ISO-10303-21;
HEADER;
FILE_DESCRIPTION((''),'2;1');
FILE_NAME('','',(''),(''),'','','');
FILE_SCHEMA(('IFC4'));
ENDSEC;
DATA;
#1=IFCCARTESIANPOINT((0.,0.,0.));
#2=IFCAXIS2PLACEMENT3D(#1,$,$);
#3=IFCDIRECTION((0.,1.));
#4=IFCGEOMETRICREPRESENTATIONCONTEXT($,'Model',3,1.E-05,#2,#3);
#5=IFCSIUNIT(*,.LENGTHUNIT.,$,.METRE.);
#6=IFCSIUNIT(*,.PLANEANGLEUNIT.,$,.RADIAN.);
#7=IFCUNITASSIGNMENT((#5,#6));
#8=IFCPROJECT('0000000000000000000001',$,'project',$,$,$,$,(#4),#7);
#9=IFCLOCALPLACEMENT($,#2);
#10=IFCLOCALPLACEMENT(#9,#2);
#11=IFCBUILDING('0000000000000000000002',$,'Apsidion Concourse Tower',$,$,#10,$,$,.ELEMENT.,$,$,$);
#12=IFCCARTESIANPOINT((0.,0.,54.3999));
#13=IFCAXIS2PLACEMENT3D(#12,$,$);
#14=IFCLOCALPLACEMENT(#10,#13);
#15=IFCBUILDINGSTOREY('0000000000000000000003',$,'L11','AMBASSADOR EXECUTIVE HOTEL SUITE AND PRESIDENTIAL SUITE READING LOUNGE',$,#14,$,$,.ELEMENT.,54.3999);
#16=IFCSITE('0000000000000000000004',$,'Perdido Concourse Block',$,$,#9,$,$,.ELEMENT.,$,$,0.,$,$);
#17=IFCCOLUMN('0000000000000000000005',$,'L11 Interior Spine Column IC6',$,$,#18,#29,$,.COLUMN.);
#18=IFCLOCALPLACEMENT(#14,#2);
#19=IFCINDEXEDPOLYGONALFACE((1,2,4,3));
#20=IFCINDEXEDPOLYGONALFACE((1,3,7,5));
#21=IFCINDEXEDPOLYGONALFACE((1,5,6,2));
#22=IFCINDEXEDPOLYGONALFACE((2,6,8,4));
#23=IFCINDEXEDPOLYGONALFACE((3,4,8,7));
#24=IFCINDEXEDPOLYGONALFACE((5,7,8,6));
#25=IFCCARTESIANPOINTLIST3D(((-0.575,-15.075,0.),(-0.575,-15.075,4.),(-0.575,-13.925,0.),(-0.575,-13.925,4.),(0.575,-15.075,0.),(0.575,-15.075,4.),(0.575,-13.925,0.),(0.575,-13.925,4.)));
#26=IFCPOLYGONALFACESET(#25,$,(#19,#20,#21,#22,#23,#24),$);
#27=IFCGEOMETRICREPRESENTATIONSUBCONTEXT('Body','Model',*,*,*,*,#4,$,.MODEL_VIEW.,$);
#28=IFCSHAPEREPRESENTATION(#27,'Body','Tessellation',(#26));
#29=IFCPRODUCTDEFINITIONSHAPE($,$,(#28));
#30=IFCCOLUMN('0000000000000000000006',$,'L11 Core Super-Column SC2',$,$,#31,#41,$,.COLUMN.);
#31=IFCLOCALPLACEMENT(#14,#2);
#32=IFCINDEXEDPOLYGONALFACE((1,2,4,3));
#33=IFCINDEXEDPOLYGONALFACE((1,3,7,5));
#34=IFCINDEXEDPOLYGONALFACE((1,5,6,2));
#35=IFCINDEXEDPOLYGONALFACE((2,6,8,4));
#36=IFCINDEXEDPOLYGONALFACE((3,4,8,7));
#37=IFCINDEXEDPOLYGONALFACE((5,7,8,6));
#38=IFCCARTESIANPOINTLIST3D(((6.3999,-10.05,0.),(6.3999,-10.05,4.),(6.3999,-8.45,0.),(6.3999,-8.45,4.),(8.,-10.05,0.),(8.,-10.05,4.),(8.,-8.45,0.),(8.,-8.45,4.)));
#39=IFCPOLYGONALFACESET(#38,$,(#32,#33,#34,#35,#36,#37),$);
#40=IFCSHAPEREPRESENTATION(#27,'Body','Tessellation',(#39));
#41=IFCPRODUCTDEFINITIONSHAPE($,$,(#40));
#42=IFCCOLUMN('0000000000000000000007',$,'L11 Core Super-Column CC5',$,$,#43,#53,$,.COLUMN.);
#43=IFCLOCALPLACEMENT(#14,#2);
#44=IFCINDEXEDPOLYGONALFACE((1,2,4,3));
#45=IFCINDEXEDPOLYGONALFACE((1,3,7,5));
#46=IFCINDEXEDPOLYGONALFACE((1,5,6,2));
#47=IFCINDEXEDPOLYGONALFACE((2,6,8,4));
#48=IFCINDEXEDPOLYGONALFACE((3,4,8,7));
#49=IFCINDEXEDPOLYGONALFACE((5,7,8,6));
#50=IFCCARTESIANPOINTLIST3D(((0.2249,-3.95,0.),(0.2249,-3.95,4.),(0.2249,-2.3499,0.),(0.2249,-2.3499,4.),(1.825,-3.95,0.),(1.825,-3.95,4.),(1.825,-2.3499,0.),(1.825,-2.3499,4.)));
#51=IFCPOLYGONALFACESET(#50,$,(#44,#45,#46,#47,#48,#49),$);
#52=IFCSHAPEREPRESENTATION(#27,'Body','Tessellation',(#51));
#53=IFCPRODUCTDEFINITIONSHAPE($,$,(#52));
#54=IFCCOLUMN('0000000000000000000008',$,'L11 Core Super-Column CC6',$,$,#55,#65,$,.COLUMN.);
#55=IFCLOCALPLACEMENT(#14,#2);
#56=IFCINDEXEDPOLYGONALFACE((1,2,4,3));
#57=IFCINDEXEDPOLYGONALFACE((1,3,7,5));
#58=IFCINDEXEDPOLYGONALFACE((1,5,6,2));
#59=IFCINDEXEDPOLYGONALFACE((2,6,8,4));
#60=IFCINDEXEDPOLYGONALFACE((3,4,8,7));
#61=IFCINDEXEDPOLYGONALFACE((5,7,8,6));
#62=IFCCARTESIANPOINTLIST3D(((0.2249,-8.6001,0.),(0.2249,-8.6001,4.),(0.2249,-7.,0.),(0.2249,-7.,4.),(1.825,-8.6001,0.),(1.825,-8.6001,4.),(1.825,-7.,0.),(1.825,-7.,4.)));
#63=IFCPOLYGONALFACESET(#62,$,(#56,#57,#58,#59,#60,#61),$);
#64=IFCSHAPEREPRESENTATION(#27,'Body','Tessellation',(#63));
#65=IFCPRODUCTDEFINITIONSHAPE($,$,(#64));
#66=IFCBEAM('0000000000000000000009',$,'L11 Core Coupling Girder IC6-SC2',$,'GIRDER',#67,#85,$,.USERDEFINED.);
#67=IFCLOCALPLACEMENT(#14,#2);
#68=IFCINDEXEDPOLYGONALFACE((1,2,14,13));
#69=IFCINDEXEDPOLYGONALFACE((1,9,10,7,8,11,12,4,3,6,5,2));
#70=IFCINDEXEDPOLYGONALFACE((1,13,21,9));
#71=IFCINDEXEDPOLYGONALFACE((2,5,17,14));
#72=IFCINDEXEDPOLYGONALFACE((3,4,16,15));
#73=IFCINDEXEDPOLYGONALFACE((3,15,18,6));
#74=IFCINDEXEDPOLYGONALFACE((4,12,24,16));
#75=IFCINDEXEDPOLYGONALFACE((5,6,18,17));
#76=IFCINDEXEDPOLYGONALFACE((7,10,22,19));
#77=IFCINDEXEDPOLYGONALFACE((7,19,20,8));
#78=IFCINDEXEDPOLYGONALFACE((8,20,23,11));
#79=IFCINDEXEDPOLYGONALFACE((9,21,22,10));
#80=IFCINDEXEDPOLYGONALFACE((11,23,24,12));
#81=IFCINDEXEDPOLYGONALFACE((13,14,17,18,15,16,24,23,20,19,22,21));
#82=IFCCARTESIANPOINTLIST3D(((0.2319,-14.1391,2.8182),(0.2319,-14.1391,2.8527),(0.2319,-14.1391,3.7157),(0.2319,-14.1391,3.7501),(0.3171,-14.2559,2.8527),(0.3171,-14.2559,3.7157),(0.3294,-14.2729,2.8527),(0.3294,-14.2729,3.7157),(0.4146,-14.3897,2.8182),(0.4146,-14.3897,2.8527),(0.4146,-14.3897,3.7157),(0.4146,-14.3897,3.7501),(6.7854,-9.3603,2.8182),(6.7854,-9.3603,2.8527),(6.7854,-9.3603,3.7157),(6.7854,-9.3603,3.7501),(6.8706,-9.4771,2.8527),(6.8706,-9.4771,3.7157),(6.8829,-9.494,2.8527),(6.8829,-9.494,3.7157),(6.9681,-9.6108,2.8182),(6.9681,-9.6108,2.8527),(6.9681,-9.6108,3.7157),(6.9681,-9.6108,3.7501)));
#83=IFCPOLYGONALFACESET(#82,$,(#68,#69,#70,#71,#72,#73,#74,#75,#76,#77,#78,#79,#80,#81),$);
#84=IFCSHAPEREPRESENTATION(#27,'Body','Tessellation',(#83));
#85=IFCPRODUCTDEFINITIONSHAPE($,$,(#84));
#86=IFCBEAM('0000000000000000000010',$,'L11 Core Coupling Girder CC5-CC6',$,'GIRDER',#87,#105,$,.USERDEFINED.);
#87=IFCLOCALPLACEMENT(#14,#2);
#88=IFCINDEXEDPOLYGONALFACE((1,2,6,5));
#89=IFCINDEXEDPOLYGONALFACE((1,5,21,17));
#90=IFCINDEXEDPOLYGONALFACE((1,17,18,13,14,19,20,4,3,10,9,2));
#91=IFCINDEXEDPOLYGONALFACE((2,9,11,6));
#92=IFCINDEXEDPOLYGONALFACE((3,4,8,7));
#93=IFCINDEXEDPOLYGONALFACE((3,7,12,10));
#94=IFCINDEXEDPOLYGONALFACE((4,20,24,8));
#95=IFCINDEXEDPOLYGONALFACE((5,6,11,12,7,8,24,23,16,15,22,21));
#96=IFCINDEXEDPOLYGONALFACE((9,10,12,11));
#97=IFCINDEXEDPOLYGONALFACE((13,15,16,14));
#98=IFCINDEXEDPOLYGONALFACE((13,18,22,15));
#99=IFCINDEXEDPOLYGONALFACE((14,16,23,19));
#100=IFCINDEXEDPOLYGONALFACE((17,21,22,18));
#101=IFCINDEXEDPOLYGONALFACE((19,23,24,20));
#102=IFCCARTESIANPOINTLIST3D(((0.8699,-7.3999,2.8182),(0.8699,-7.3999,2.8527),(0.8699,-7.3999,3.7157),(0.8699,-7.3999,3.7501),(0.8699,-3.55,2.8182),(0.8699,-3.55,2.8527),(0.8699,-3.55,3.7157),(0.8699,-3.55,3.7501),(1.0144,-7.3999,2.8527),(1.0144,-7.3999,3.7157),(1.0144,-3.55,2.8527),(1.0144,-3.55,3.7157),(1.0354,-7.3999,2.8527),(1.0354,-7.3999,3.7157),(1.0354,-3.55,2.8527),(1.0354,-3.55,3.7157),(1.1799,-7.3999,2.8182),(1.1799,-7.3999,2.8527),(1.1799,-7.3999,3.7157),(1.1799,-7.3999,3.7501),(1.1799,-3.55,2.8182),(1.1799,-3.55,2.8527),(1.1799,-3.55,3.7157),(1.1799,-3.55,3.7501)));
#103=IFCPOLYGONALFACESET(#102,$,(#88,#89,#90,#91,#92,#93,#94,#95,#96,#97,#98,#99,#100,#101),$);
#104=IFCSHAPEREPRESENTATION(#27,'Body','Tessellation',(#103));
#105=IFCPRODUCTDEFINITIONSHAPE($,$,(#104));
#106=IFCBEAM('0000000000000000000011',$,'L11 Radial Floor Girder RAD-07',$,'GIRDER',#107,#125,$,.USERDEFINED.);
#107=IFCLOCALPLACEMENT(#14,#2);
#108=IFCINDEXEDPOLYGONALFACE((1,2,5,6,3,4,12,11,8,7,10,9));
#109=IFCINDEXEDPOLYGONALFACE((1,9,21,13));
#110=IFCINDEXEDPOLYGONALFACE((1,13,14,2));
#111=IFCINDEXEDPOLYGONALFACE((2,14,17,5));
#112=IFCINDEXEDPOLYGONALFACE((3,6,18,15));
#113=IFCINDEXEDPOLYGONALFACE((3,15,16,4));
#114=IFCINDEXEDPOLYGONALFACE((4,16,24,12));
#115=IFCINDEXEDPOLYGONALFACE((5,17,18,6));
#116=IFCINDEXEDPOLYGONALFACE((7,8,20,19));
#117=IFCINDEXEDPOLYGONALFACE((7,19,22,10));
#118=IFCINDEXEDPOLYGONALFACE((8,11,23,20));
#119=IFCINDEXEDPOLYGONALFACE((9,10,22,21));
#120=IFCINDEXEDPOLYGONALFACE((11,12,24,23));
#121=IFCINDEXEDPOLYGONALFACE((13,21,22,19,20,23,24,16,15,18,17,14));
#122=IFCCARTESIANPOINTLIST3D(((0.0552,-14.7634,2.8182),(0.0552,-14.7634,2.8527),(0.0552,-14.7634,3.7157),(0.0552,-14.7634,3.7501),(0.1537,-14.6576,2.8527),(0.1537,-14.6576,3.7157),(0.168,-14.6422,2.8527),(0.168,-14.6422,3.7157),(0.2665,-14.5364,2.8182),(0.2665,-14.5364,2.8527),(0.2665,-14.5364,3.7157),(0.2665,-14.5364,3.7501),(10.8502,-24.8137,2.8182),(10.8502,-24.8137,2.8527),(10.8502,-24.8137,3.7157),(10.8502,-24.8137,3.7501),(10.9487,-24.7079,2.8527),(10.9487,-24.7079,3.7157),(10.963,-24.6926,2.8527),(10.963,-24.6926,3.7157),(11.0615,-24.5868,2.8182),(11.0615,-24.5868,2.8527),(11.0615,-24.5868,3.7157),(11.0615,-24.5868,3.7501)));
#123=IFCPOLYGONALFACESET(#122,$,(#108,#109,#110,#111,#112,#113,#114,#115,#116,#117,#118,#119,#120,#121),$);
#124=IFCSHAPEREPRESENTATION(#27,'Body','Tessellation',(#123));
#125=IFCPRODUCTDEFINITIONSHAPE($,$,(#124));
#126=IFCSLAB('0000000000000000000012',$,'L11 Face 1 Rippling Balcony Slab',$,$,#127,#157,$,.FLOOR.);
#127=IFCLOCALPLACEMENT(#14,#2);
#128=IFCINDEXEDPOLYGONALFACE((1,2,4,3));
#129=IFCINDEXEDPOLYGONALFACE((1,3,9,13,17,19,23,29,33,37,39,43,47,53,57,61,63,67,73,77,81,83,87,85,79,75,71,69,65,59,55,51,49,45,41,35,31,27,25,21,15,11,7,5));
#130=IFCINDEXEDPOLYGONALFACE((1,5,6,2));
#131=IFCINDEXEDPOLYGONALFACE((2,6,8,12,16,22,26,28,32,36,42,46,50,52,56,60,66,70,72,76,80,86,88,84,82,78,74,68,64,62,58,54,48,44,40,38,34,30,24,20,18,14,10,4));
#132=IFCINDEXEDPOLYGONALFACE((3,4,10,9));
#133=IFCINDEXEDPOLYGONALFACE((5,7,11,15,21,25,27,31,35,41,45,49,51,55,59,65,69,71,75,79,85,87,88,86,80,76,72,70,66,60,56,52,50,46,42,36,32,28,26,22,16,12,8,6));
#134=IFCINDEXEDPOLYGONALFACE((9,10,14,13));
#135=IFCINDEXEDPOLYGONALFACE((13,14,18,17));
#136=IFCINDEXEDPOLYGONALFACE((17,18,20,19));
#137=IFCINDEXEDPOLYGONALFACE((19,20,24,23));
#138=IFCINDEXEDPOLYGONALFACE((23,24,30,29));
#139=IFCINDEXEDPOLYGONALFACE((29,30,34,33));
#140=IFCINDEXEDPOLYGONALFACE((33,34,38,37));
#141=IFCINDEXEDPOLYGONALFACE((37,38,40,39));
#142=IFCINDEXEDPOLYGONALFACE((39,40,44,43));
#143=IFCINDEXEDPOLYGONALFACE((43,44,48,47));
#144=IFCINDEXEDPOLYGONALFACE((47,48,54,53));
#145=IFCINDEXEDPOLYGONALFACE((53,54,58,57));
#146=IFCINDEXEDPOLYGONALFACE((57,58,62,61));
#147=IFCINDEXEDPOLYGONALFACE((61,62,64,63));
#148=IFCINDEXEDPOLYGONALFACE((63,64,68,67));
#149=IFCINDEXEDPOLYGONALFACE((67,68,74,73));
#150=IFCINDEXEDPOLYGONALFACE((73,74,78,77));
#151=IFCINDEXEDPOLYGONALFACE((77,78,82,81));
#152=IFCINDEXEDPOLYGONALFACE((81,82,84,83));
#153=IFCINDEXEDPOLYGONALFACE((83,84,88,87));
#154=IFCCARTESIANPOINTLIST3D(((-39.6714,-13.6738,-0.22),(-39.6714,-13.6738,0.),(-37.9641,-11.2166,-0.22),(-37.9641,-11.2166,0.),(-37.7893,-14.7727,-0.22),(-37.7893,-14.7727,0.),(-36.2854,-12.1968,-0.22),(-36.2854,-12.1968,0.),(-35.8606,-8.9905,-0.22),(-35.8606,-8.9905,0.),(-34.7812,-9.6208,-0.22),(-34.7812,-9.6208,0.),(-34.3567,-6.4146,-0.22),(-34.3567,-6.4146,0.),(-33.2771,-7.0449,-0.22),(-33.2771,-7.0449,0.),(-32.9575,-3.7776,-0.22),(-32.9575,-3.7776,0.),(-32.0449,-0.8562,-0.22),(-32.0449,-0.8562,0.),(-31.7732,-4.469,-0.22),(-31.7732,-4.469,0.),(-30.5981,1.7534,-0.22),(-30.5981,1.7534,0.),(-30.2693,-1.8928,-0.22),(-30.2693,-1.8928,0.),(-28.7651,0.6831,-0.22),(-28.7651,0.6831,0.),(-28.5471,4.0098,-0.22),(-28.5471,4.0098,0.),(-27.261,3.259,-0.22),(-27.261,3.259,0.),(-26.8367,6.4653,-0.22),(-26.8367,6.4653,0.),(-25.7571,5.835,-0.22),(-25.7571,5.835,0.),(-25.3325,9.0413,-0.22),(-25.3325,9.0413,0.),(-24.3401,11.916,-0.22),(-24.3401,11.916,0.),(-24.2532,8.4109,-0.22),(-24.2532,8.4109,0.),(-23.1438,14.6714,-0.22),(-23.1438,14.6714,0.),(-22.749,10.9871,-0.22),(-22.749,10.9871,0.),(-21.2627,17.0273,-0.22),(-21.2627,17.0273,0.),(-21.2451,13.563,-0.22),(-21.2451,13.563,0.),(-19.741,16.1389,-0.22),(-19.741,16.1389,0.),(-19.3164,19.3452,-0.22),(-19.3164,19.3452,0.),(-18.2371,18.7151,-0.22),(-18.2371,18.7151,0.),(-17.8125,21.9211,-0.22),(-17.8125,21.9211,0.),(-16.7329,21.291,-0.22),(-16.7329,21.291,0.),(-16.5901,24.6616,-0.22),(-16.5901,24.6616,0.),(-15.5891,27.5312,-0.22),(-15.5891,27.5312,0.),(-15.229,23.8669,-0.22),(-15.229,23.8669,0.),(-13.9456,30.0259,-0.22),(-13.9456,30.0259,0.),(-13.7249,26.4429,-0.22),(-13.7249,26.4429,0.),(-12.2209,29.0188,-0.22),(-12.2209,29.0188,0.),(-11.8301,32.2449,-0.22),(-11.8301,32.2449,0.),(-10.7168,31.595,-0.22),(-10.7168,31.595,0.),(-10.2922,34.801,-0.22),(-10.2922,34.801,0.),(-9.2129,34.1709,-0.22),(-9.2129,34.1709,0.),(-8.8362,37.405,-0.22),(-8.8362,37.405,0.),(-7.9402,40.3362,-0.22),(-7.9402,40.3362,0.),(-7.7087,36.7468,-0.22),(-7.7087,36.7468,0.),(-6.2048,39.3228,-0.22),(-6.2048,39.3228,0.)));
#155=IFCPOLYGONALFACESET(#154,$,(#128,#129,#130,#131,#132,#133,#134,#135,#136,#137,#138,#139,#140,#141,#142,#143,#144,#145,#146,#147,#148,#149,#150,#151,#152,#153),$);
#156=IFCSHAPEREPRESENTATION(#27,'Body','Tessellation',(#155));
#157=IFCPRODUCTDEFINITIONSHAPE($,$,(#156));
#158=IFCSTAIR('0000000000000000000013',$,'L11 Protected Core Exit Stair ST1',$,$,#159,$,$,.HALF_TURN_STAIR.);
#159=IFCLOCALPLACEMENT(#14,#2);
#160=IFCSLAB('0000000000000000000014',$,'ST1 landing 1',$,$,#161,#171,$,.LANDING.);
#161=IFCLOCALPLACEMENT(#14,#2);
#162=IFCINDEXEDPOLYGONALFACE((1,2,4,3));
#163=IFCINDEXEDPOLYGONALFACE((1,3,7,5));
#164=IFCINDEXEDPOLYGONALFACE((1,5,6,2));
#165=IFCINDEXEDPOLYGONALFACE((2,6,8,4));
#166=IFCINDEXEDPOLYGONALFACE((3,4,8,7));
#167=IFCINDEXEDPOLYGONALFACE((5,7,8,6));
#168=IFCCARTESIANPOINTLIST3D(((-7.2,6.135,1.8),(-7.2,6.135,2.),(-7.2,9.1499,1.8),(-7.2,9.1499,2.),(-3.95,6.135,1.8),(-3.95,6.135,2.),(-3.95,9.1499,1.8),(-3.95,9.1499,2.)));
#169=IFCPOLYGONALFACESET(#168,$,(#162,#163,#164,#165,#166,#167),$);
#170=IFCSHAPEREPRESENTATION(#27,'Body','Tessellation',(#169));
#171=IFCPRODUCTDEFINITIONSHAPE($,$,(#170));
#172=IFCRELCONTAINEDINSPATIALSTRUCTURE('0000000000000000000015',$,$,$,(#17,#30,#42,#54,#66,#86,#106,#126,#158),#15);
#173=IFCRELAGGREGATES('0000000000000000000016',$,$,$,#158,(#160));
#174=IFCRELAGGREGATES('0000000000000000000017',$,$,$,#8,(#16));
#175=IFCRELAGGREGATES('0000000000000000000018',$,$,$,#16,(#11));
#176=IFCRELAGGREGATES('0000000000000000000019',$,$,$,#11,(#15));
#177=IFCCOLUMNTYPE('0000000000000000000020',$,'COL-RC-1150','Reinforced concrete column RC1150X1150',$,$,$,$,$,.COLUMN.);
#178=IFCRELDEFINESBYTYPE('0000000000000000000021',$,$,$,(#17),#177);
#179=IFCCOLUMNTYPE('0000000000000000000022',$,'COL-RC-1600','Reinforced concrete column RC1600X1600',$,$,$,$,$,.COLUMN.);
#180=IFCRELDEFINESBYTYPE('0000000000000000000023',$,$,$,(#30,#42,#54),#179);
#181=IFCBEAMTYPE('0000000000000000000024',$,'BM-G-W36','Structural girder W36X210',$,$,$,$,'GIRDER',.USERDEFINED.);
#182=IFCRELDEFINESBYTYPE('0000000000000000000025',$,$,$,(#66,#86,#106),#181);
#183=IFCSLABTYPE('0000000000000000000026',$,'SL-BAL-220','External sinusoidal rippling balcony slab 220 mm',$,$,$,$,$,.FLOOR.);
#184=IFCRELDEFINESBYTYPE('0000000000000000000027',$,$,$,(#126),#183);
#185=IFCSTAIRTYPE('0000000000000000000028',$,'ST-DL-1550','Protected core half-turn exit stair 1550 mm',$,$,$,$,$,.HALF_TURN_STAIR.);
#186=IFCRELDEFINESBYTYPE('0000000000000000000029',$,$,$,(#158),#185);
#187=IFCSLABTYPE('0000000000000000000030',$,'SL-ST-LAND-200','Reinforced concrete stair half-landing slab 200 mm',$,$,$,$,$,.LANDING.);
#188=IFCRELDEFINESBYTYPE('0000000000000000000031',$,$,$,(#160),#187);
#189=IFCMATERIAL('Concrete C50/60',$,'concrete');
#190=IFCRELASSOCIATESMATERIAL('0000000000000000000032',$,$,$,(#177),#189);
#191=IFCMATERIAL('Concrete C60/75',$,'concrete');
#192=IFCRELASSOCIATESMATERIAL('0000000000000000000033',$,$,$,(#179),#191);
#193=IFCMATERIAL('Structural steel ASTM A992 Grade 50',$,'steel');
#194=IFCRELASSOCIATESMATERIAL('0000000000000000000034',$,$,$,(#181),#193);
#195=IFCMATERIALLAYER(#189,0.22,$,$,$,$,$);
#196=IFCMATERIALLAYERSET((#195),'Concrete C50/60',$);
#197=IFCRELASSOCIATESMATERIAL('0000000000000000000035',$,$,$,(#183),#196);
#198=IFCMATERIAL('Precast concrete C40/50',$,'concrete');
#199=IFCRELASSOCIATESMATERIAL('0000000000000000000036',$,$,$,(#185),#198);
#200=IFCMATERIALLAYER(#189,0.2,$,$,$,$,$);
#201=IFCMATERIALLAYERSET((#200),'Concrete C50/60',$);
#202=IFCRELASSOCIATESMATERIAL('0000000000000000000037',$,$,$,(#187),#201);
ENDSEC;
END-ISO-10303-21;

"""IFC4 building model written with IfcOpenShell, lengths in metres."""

from ifc_helpers import new_model, si_unit, direction, frame, origin, origin_2d, place, context, subcontext, project, spatial, polyline, rectangle, i_section, outline, extrude, material, layer, layer_set, material_profile, profile_set, type_object, element, aggregate, save


model = new_model("IFC4")

# Units and contexts
model_context = context("Model", 3, precision=1e-05, world=origin(), true_north=direction((0.0, 1.0)))
body_context = subcontext(model_context, "Body", "Model", "MODEL_VIEW")
ifc_project = project(units=[si_unit("LENGTHUNIT", "METRE"), si_unit("PLANEANGLEUNIT", "RADIAN")], contexts=[model_context])

# Site, building, storey
site_placement = place(None, origin())
site = spatial("IfcSite", under=ifc_project, at=site_placement, Name="Perdido Concourse Block", CompositionType="ELEMENT", RefElevation=0.0)
building_placement = place(site_placement, origin())
building = spatial("IfcBuilding", under=site, at=building_placement, Name="Apsidion Concourse Tower", CompositionType="ELEMENT")
storey_placement = place(building_placement, frame((0.0, 0.0, 54.3999)))
storey = spatial("IfcBuildingStorey", under=building, at=storey_placement, Name="L11", Description="AMBASSADOR EXECUTIVE HOTEL SUITE AND PRESIDENTIAL SUITE READING LOUNGE", CompositionType="ELEMENT", Elevation=54.3999)

# Columns
ifc_material_1 = material(Name="Concrete C50/60", Category="concrete")
ifc_material_profile_1 = material_profile(ifc_material_1, rectangle(XDim=1.1499, YDim=1.1499, at=origin_2d()), Name="RC 1150x1150")
ifc_profile_set_1 = profile_set([ifc_material_profile_1], Name="Concrete C50/60")
column_type_1 = type_object("IfcColumnType", Name="COL-RC-1150", Description="Reinforced concrete column RC1150X1150", PredefinedType="COLUMN", material=ifc_profile_set_1)
column_placement = place(storey_placement, frame((0.0, -14.5, 0.0), z_axis=(0.0, 0.0, 1.0), x_axis=(1.0, 0.0, 0.0)))
element("IfcColumn", 1, at=column_placement, inside=storey, type_object=column_type_1, Name="L11 Interior Spine Column IC6", PredefinedType="COLUMN", context=body_context, shape_type="SweptSolid", body=[
    extrude(rectangle(XDim=1.1499, YDim=1.1499, at=origin_2d()), origin(), (0.0, 0.0, 1.0), 4.0),
])
ifc_material_2 = material(Name="Concrete C60/75", Category="concrete")
ifc_material_profile_2 = material_profile(ifc_material_2, rectangle(XDim=1.6001, YDim=1.6001, at=origin_2d()), Name="RC 1600x1600")
ifc_profile_set_2 = profile_set([ifc_material_profile_2], Name="Concrete C60/75")
column_type_2 = type_object("IfcColumnType", Name="COL-RC-1600", Description="Reinforced concrete column RC1600X1600", PredefinedType="COLUMN", material=ifc_profile_set_2)
for number, where, z_axis, x_axis, name in (
    (2, (7.2, -9.25, 0.0), (0.0, 0.0, 1.0), (1.0, 0.0, 0.0), "L11 Core Super-Column SC2"),
    (3, (1.0249, -3.1499, 0.0), (0.0, 0.0, 1.0), (1.0, 0.0, 0.0), "L11 Core Super-Column CC5"),
    (4, (1.0249, -7.8, 0.0), (0.0, 0.0, 1.0), (1.0, 0.0, 0.0), "L11 Core Super-Column CC6"),
):
    element("IfcColumn", number, at=place(storey_placement, frame(where, z_axis=z_axis, x_axis=x_axis)), inside=storey, type_object=column_type_2, Name=name, PredefinedType="COLUMN", context=body_context, shape_type="SweptSolid", body=[
        extrude(rectangle(XDim=1.6001, YDim=1.6001, at=origin_2d()), origin(), (0.0, 0.0, 1.0), 4.0),
    ])

# Beams
ifc_material_3 = material(Name="Structural steel ASTM A992 Grade 50", Category="steel")
ifc_material_profile_3 = material_profile(ifc_material_3, i_section(OverallWidth=0.3101, OverallDepth=0.9319, WebThickness=0.021, FlangeThickness=0.0344, at=origin_2d()), Name="W36X210")
ifc_profile_set_3 = profile_set([ifc_material_profile_3], Name="Structural steel ASTM A992 Grade 50")
beam_type = type_object("IfcBeamType", Name="BM-G-W36", Description="Structural girder W36X210", ElementType="GIRDER", PredefinedType="USERDEFINED", material=ifc_profile_set_3)
beam_1_placement = place(storey_placement, frame((0.3232, -14.2644, 3.2842), z_axis=(0.807993, 0.589191, 0.0), x_axis=(-0.589191, 0.807993, 0.0)))
element("IfcBeam", 5, at=beam_1_placement, inside=storey, type_object=beam_type, Name="L11 Core Coupling Girder IC6-SC2", ObjectType="GIRDER", PredefinedType="USERDEFINED", context=body_context, shape_type="SweptSolid", body=[
    extrude(i_section(OverallWidth=0.3101, OverallDepth=0.9319, WebThickness=0.021, FlangeThickness=0.0344, at=origin_2d()), origin(), (0.0, 0.0, 1.0), 8.1108),
])
beam_2_placement = place(storey_placement, frame((1.0249, -3.55, 3.2842), z_axis=(0.0, -1.0, 0.0), x_axis=(1.0, 0.0, 0.0)))
element("IfcBeam", 6, at=beam_2_placement, inside=storey, type_object=beam_type, Name="L11 Core Coupling Girder CC5-CC6", ObjectType="GIRDER", PredefinedType="USERDEFINED", context=body_context, shape_type="SweptSolid", body=[
    extrude(i_section(OverallWidth=0.3101, OverallDepth=0.9319, WebThickness=0.021, FlangeThickness=0.0344, at=origin_2d()), origin(), (0.0, 0.0, 1.0), 3.8499),
])
beam_3_placement = place(storey_placement, frame((0.1609, -14.6499, 3.2842), z_axis=(0.731899, -0.681413, 0.0), x_axis=(0.681413, 0.731899, 0.0)))
element("IfcBeam", 7, at=beam_3_placement, inside=storey, type_object=beam_type, Name="L11 Radial Floor Girder RAD-07", ObjectType="GIRDER", PredefinedType="USERDEFINED", context=body_context, shape_type="SweptSolid", body=[
    extrude(i_section(OverallWidth=0.3101, OverallDepth=0.9319, WebThickness=0.021, FlangeThickness=0.0344, at=origin_2d()), origin(), (0.0, 0.0, 1.0), 14.7493),
])

# Slab
ifc_layer_1 = layer(ifc_material_1, 0.22)
ifc_layer_set_1 = layer_set([ifc_layer_1], Name="Concrete C50/60")
slab_type_1 = type_object("IfcSlabType", Name="SL-BAL-220", Description="External sinusoidal rippling balcony slab 220 mm", PredefinedType="FLOOR", material=ifc_layer_set_1)
slab_1_placement = place(storey_placement, frame((0.0, 0.0, -0.22)))
element("IfcSlab", 8, at=slab_1_placement, inside=storey, type_object=slab_type_1, Name="L11 Face 1 Rippling Balcony Slab", PredefinedType="FLOOR", context=body_context, shape_type="SweptSolid", body=[
    extrude(outline(polyline([(-6.2048, 39.3228), (-7.7087, 36.7468), (-9.2129, 34.1709), (-10.7168, 31.595), (-12.2209, 29.0188), (-13.7249, 26.4429), (-15.229, 23.8669), (-16.7329, 21.291), (-18.2371, 18.7151), (-19.741, 16.1389), (-21.2451, 13.563), (-22.749, 10.9871), (-24.2532, 8.4109), (-25.7571, 5.835), (-27.261, 3.259), (-28.7651, 0.6831), (-30.2693, -1.8928), (-31.7732, -4.469), (-33.2771, -7.0449), (-34.7812, -9.6208), (-36.2854, -12.1968), (-37.7893, -14.7727), (-39.6714, -13.6738), (-37.9641, -11.2166), (-35.8606, -8.9905), (-34.3567, -6.4146), (-32.9575, -3.7776), (-32.0449, -0.8562), (-30.5981, 1.7534), (-28.5471, 4.0098), (-26.8367, 6.4653), (-25.3325, 9.0413), (-24.3401, 11.916), (-23.1438, 14.6714), (-21.2627, 17.0273), (-19.3164, 19.3452), (-17.8125, 21.9211), (-16.5901, 24.6616), (-15.5891, 27.5312), (-13.9456, 30.0259), (-11.8301, 32.2449), (-10.2922, 34.801), (-8.8362, 37.405), (-7.9402, 40.3362), (-6.2048, 39.3228)])), origin(), (0.0, 0.0, 1.0), 0.22),
])

# Stair, slab
ifc_material_4 = material(Name="Precast concrete C40/50", Category="concrete")
stair_type = type_object("IfcStairType", Name="ST-DL-1550", Description="Protected core half-turn exit stair 1550 mm", PredefinedType="HALF_TURN_STAIR", material=ifc_material_4)
stair_1_placement = place(storey_placement, origin())
stair_1 = element("IfcStair", 9, at=stair_1_placement, inside=storey, type_object=stair_type, Name="L11 Protected Core Exit Stair ST1", PredefinedType="HALF_TURN_STAIR")
ifc_layer_2 = layer(ifc_material_1, 0.2)
ifc_layer_set_2 = layer_set([ifc_layer_2], Name="Concrete C50/60")
slab_type_2 = type_object("IfcSlabType", Name="SL-ST-LAND-200", Description="Reinforced concrete stair half-landing slab 200 mm", PredefinedType="LANDING", material=ifc_layer_set_2)
slab_2_placement = place(storey_placement, frame((0.0, 0.0, 1.8)))
slab_2 = element("IfcSlab", 10, at=slab_2_placement, type_object=slab_type_2, Name="ST1 landing 1", PredefinedType="LANDING", context=body_context, shape_type="SweptSolid", body=[
    extrude(outline(polyline([(-3.95, 6.135), (-3.95, 9.1499), (-7.2, 9.1499), (-7.2, 6.135), (-3.95, 6.135)])), origin(), (0.0, 0.0, 1.0), 0.2),
])
aggregate(stair_1, [slab_2])

save(model, "model.ifc")
